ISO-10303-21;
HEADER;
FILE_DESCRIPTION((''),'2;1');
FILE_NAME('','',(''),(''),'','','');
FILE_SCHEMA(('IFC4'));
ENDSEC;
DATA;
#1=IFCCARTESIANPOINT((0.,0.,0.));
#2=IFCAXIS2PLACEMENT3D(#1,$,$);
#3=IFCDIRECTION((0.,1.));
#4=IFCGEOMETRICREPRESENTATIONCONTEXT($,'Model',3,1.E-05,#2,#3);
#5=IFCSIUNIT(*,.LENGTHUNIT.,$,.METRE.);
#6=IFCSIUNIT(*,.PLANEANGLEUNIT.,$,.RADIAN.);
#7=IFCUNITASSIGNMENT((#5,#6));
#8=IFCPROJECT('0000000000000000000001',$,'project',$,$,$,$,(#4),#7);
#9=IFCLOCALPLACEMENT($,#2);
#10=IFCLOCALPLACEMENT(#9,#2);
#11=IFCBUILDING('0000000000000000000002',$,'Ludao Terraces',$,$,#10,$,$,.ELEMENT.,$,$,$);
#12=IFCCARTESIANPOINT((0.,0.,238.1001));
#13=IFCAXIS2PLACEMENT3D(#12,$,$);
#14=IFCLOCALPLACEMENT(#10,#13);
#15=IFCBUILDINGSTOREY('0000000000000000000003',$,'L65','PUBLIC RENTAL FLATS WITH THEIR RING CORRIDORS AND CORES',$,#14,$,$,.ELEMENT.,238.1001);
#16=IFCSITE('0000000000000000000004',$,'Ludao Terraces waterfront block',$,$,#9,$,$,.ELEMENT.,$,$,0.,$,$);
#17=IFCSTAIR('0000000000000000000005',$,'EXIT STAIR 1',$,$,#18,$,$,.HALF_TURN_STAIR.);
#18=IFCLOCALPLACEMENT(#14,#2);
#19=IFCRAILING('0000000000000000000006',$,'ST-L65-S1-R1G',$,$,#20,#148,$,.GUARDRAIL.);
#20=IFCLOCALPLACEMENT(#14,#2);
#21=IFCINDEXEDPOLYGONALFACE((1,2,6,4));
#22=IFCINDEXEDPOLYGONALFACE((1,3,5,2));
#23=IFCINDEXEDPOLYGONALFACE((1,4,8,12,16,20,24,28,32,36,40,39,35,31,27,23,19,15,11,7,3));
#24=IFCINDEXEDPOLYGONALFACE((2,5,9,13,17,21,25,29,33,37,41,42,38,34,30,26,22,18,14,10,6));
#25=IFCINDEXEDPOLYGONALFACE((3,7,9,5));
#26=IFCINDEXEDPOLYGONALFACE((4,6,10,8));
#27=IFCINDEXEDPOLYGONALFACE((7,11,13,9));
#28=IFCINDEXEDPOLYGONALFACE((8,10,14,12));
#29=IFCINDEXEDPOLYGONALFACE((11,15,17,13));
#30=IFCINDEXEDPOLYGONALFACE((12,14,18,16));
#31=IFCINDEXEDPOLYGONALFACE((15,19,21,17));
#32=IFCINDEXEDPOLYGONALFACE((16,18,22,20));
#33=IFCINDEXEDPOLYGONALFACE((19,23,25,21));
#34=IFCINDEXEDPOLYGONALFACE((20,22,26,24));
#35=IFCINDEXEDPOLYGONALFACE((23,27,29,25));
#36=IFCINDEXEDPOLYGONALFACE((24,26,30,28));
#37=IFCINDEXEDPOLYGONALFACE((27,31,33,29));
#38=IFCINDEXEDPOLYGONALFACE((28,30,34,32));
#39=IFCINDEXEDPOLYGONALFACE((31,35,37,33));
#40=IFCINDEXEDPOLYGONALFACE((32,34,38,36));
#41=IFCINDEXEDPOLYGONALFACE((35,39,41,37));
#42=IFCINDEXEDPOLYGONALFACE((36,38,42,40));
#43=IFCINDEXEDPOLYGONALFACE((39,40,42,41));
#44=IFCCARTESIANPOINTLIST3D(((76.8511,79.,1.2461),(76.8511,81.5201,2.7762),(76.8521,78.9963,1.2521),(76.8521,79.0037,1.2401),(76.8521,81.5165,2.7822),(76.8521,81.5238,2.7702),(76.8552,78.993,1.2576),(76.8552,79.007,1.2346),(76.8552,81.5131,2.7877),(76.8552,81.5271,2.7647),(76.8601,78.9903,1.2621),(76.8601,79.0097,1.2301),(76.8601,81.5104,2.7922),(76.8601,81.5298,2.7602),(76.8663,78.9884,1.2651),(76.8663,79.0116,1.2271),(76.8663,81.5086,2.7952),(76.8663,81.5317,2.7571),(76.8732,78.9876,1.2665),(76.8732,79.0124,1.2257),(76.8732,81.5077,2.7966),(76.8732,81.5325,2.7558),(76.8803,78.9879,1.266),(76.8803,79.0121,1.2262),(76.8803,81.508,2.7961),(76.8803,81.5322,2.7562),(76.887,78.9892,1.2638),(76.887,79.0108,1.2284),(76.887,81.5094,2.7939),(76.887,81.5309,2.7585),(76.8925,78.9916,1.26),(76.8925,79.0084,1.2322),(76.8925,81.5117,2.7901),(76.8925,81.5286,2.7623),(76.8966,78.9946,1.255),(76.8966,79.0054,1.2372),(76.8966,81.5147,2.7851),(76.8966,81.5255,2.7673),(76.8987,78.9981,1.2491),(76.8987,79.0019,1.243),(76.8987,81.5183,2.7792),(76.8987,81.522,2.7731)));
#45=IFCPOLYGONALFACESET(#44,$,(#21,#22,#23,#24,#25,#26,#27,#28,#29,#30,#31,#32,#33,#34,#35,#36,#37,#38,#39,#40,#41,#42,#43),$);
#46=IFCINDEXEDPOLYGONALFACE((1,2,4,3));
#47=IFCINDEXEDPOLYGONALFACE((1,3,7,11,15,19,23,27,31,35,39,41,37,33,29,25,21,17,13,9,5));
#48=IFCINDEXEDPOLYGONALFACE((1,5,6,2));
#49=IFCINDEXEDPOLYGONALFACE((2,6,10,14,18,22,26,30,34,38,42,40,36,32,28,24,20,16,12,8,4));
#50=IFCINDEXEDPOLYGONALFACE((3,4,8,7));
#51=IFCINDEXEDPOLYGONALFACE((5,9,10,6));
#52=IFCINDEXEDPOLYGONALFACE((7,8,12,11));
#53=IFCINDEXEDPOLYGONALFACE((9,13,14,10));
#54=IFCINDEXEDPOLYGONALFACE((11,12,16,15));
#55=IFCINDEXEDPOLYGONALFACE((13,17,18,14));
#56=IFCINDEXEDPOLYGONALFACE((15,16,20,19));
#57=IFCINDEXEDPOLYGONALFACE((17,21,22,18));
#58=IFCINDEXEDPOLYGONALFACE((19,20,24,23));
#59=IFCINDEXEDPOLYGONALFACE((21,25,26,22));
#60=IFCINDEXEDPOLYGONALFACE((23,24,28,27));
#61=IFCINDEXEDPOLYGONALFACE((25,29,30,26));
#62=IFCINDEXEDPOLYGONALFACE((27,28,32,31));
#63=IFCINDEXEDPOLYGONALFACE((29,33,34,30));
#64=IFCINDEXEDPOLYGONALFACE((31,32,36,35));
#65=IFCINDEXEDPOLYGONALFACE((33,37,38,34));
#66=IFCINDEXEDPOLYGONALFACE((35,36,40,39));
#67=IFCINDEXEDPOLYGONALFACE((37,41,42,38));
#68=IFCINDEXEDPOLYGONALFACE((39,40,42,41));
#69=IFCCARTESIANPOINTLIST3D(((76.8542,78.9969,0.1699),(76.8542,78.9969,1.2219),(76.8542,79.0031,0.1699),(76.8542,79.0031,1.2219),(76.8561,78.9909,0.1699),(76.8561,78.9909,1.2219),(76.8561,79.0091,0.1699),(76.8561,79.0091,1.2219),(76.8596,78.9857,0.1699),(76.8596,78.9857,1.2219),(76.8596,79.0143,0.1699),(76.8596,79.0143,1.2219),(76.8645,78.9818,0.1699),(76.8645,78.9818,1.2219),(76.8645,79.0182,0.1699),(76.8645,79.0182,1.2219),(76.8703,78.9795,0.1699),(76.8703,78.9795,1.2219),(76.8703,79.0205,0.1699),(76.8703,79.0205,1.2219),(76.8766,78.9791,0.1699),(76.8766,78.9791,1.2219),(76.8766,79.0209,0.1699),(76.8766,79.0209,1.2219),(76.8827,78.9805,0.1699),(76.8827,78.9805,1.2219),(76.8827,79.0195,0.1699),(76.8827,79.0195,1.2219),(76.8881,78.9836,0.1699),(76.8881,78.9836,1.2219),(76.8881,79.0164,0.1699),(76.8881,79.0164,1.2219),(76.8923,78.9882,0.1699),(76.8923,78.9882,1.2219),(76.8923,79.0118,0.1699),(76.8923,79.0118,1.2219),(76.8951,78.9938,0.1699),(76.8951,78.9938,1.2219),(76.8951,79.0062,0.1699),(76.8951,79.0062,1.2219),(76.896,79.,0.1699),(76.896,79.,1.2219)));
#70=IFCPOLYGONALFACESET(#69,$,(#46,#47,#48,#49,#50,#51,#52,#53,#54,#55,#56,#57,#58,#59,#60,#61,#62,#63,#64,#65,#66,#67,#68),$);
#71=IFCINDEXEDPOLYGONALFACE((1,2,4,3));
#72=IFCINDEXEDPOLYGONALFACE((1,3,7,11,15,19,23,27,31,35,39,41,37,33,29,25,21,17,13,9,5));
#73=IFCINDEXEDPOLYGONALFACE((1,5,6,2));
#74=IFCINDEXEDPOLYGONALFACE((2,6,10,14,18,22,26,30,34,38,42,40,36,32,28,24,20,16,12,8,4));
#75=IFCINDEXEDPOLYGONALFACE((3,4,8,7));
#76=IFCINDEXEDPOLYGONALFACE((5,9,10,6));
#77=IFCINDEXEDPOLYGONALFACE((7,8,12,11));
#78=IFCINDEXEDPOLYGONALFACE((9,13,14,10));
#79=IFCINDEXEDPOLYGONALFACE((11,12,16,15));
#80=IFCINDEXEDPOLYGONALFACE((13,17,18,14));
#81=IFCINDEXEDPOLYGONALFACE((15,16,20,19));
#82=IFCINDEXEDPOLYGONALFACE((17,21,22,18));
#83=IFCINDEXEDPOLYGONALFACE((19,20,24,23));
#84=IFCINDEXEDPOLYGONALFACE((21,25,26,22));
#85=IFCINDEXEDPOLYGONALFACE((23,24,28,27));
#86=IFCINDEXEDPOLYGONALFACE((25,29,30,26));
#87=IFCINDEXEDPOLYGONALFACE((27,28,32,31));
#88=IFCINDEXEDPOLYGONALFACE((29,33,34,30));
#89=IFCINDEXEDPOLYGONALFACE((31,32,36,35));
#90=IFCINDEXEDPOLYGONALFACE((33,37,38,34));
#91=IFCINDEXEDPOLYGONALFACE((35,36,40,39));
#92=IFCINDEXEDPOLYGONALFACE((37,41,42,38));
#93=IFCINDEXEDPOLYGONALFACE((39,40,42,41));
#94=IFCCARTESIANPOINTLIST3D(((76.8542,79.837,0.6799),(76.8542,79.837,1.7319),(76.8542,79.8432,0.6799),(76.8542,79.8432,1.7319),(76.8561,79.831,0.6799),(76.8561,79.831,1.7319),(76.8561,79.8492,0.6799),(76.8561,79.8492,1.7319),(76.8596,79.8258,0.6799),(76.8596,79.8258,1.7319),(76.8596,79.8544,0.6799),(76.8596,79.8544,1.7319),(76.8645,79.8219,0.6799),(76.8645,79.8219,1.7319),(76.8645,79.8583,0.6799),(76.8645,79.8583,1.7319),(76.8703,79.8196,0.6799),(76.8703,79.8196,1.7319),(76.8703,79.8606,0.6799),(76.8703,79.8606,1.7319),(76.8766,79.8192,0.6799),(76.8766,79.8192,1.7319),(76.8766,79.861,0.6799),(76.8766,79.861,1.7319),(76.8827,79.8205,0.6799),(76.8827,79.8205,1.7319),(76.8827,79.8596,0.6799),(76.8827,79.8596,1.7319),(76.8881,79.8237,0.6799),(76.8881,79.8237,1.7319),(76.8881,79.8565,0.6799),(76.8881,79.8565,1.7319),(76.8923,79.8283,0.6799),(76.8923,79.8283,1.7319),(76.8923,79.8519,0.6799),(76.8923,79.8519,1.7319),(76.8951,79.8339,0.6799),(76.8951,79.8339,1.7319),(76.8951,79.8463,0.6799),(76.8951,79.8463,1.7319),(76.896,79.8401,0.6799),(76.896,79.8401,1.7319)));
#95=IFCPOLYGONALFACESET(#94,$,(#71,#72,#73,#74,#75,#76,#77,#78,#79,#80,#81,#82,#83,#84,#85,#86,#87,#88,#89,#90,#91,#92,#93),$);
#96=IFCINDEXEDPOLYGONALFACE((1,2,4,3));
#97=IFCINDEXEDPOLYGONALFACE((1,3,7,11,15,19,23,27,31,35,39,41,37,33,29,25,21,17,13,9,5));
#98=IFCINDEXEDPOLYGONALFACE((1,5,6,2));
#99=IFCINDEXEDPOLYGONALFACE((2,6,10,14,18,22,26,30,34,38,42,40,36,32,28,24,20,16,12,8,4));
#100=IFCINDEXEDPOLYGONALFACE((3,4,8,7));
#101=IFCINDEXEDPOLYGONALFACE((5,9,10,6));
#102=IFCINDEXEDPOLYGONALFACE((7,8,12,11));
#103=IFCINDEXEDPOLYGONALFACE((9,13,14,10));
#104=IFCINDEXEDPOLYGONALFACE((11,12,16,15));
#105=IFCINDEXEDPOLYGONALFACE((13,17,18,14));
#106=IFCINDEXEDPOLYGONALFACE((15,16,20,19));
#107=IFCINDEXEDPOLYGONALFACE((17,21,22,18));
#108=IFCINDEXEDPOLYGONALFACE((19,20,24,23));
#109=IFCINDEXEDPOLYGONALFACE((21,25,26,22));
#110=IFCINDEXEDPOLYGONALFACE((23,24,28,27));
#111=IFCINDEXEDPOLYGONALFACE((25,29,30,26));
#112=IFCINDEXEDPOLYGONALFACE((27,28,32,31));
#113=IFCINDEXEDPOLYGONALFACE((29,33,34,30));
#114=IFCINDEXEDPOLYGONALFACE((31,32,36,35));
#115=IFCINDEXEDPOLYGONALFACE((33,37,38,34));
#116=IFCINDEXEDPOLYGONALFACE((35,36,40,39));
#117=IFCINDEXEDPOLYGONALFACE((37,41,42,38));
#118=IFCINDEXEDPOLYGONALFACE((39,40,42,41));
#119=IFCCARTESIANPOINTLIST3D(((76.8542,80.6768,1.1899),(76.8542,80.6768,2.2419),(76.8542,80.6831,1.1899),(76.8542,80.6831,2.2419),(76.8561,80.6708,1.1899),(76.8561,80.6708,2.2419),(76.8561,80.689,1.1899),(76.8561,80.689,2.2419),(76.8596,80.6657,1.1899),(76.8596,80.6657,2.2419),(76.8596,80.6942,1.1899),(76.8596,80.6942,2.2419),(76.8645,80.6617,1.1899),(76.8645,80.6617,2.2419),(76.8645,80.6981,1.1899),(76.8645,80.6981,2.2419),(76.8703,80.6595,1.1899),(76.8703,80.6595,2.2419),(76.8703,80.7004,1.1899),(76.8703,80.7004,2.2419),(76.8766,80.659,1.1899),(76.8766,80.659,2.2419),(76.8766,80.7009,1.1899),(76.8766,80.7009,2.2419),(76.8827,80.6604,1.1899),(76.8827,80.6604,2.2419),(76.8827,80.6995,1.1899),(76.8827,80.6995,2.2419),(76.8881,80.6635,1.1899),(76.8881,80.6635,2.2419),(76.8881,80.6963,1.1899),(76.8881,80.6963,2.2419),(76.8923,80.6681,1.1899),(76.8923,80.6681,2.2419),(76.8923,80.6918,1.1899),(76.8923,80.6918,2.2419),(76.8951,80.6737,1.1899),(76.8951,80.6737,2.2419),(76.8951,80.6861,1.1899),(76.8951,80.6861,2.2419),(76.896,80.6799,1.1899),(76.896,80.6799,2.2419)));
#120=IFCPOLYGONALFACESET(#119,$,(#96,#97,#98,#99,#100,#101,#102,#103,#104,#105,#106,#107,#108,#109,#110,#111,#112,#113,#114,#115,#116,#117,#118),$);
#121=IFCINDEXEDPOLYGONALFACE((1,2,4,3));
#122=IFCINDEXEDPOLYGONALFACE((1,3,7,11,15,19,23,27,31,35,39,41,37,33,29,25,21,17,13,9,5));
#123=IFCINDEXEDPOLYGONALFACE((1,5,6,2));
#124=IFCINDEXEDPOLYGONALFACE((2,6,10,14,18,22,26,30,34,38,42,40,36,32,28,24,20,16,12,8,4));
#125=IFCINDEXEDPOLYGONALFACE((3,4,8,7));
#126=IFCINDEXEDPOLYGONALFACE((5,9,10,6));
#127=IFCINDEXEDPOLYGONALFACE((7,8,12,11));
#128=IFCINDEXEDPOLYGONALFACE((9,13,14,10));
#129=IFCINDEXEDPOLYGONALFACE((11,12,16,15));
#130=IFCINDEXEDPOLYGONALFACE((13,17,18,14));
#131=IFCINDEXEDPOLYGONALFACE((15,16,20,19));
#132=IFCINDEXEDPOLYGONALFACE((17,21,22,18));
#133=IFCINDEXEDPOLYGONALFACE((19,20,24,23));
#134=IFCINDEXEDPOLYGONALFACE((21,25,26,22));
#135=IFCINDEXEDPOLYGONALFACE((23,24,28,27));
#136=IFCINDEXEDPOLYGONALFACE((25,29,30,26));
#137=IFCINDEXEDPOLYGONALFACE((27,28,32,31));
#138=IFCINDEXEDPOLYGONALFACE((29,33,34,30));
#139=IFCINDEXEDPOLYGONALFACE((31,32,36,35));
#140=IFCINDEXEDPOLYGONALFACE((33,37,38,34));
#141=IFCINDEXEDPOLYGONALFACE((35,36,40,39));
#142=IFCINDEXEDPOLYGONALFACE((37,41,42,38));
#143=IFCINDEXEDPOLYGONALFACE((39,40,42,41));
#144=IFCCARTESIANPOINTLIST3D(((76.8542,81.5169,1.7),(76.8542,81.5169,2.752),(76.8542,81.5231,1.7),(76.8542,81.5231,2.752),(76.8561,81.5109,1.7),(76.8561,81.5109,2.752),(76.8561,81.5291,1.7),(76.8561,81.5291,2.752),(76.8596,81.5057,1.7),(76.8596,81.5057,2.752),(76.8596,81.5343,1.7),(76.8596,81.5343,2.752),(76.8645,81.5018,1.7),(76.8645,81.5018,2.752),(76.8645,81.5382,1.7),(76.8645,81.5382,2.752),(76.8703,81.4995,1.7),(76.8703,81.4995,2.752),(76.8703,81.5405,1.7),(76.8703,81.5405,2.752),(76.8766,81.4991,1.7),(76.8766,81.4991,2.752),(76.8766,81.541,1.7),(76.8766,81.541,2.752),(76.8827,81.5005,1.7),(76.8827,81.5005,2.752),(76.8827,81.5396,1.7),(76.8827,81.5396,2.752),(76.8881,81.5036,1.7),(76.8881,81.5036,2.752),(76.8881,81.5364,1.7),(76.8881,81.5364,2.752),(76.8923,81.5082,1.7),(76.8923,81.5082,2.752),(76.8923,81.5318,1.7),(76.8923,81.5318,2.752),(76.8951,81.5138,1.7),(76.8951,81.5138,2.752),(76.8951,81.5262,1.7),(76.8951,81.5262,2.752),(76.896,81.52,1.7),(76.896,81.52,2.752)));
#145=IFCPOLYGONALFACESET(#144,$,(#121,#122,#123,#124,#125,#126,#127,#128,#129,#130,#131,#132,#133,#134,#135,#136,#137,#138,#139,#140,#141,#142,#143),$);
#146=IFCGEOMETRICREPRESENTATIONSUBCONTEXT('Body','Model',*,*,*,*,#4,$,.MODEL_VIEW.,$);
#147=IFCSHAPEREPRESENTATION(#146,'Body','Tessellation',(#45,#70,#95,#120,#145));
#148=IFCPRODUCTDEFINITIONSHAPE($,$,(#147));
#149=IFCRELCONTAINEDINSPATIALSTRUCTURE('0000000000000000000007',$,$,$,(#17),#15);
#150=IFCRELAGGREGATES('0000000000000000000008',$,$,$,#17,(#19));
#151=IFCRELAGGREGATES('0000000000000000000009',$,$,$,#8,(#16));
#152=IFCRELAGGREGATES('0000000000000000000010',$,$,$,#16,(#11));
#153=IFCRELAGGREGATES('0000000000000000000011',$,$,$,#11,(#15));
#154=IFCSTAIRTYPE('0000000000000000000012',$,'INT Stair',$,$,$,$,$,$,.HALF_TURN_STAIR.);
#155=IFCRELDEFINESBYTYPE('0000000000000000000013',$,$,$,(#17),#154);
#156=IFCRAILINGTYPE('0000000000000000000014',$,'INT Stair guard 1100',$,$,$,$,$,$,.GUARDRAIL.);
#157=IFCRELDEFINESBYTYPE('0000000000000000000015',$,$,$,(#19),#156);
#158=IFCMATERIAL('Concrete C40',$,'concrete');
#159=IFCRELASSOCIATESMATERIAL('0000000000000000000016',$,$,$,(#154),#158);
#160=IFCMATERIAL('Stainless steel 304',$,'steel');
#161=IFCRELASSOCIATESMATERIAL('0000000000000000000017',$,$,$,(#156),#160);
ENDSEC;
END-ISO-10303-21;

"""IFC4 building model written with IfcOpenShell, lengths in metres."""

from ifc_helpers import new_model, si_unit, direction, frame, origin, origin_2d, place, context, subcontext, project, spatial, circle, extrude, material, type_object, element, aggregate, save


model = new_model("IFC4")

# Units and contexts
model_context = context("Model", 3, precision=1e-05, world=origin(), true_north=direction((0.0, 1.0)))
body_context = subcontext(model_context, "Body", "Model", "MODEL_VIEW")
ifc_project = project(units=[si_unit("LENGTHUNIT", "METRE"), si_unit("PLANEANGLEUNIT", "RADIAN")], contexts=[model_context])

# Site, building, storey
site_placement = place(None, origin())
site = spatial("IfcSite", under=ifc_project, at=site_placement, Name="Ludao Terraces waterfront block", CompositionType="ELEMENT", RefElevation=0.0)
building_placement = place(site_placement, origin())
building = spatial("IfcBuilding", under=site, at=building_placement, Name="Ludao Terraces", CompositionType="ELEMENT")
storey_placement = place(building_placement, frame((0.0, 0.0, 238.1001)))
storey = spatial("IfcBuildingStorey", under=building, at=storey_placement, Name="L65", Description="PUBLIC RENTAL FLATS WITH THEIR RING CORRIDORS AND CORES", CompositionType="ELEMENT", Elevation=238.1001)

# Shared definitions
ifc_material_1 = material(Name="Concrete C40", Category="concrete")

# Shared definitions
ifc_material_2 = material(Name="Stainless steel 304", Category="steel")

# Stair, railing
stair_type = type_object("IfcStairType", Name="INT Stair", PredefinedType="HALF_TURN_STAIR", material=ifc_material_1)
stair_placement = place(storey_placement, origin())
stair = element("IfcStair", 1, at=stair_placement, inside=storey, type_object=stair_type, Name="EXIT STAIR 1", PredefinedType="HALF_TURN_STAIR")
railing_type_1 = type_object("IfcRailingType", Name="INT Stair guard 1100", PredefinedType="GUARDRAIL", material=ifc_material_2)
railing_1_placement = place(storey_placement, frame((76.875, 79.0, 0.1699)))
railing_1 = element("IfcRailing", 2, at=railing_1_placement, type_object=railing_type_1, Name="ST-L65-S1-R1G", PredefinedType="GUARDRAIL", context=body_context, shape_type="SweptSolid", body=[
    extrude(circle(Radius=0.0239, at=origin_2d()), frame((0.0, 0.0, 1.0762), z_axis=(0.0, 0.854785, 0.518982), x_axis=(-1.0, 0.0, 0.0)), (0.0, 0.0, 1.0), 2.9482),
    extrude(circle(Radius=0.021, at=origin_2d()), origin(), (0.0, 0.0, 1.0), 1.052),
    extrude(circle(Radius=0.021, at=origin_2d()), frame((0.0, 0.8401, 0.51)), (0.0, 0.0, 1.0), 1.052),
    extrude(circle(Radius=0.021, at=origin_2d()), frame((0.0, 1.6799, 1.02)), (0.0, 0.0, 1.0), 1.052),
    extrude(circle(Radius=0.021, at=origin_2d()), frame((0.0, 2.52, 1.53)), (0.0, 0.0, 1.0), 1.052),
])
aggregate(stair, [railing_1])

save(model, "model.ifc")
